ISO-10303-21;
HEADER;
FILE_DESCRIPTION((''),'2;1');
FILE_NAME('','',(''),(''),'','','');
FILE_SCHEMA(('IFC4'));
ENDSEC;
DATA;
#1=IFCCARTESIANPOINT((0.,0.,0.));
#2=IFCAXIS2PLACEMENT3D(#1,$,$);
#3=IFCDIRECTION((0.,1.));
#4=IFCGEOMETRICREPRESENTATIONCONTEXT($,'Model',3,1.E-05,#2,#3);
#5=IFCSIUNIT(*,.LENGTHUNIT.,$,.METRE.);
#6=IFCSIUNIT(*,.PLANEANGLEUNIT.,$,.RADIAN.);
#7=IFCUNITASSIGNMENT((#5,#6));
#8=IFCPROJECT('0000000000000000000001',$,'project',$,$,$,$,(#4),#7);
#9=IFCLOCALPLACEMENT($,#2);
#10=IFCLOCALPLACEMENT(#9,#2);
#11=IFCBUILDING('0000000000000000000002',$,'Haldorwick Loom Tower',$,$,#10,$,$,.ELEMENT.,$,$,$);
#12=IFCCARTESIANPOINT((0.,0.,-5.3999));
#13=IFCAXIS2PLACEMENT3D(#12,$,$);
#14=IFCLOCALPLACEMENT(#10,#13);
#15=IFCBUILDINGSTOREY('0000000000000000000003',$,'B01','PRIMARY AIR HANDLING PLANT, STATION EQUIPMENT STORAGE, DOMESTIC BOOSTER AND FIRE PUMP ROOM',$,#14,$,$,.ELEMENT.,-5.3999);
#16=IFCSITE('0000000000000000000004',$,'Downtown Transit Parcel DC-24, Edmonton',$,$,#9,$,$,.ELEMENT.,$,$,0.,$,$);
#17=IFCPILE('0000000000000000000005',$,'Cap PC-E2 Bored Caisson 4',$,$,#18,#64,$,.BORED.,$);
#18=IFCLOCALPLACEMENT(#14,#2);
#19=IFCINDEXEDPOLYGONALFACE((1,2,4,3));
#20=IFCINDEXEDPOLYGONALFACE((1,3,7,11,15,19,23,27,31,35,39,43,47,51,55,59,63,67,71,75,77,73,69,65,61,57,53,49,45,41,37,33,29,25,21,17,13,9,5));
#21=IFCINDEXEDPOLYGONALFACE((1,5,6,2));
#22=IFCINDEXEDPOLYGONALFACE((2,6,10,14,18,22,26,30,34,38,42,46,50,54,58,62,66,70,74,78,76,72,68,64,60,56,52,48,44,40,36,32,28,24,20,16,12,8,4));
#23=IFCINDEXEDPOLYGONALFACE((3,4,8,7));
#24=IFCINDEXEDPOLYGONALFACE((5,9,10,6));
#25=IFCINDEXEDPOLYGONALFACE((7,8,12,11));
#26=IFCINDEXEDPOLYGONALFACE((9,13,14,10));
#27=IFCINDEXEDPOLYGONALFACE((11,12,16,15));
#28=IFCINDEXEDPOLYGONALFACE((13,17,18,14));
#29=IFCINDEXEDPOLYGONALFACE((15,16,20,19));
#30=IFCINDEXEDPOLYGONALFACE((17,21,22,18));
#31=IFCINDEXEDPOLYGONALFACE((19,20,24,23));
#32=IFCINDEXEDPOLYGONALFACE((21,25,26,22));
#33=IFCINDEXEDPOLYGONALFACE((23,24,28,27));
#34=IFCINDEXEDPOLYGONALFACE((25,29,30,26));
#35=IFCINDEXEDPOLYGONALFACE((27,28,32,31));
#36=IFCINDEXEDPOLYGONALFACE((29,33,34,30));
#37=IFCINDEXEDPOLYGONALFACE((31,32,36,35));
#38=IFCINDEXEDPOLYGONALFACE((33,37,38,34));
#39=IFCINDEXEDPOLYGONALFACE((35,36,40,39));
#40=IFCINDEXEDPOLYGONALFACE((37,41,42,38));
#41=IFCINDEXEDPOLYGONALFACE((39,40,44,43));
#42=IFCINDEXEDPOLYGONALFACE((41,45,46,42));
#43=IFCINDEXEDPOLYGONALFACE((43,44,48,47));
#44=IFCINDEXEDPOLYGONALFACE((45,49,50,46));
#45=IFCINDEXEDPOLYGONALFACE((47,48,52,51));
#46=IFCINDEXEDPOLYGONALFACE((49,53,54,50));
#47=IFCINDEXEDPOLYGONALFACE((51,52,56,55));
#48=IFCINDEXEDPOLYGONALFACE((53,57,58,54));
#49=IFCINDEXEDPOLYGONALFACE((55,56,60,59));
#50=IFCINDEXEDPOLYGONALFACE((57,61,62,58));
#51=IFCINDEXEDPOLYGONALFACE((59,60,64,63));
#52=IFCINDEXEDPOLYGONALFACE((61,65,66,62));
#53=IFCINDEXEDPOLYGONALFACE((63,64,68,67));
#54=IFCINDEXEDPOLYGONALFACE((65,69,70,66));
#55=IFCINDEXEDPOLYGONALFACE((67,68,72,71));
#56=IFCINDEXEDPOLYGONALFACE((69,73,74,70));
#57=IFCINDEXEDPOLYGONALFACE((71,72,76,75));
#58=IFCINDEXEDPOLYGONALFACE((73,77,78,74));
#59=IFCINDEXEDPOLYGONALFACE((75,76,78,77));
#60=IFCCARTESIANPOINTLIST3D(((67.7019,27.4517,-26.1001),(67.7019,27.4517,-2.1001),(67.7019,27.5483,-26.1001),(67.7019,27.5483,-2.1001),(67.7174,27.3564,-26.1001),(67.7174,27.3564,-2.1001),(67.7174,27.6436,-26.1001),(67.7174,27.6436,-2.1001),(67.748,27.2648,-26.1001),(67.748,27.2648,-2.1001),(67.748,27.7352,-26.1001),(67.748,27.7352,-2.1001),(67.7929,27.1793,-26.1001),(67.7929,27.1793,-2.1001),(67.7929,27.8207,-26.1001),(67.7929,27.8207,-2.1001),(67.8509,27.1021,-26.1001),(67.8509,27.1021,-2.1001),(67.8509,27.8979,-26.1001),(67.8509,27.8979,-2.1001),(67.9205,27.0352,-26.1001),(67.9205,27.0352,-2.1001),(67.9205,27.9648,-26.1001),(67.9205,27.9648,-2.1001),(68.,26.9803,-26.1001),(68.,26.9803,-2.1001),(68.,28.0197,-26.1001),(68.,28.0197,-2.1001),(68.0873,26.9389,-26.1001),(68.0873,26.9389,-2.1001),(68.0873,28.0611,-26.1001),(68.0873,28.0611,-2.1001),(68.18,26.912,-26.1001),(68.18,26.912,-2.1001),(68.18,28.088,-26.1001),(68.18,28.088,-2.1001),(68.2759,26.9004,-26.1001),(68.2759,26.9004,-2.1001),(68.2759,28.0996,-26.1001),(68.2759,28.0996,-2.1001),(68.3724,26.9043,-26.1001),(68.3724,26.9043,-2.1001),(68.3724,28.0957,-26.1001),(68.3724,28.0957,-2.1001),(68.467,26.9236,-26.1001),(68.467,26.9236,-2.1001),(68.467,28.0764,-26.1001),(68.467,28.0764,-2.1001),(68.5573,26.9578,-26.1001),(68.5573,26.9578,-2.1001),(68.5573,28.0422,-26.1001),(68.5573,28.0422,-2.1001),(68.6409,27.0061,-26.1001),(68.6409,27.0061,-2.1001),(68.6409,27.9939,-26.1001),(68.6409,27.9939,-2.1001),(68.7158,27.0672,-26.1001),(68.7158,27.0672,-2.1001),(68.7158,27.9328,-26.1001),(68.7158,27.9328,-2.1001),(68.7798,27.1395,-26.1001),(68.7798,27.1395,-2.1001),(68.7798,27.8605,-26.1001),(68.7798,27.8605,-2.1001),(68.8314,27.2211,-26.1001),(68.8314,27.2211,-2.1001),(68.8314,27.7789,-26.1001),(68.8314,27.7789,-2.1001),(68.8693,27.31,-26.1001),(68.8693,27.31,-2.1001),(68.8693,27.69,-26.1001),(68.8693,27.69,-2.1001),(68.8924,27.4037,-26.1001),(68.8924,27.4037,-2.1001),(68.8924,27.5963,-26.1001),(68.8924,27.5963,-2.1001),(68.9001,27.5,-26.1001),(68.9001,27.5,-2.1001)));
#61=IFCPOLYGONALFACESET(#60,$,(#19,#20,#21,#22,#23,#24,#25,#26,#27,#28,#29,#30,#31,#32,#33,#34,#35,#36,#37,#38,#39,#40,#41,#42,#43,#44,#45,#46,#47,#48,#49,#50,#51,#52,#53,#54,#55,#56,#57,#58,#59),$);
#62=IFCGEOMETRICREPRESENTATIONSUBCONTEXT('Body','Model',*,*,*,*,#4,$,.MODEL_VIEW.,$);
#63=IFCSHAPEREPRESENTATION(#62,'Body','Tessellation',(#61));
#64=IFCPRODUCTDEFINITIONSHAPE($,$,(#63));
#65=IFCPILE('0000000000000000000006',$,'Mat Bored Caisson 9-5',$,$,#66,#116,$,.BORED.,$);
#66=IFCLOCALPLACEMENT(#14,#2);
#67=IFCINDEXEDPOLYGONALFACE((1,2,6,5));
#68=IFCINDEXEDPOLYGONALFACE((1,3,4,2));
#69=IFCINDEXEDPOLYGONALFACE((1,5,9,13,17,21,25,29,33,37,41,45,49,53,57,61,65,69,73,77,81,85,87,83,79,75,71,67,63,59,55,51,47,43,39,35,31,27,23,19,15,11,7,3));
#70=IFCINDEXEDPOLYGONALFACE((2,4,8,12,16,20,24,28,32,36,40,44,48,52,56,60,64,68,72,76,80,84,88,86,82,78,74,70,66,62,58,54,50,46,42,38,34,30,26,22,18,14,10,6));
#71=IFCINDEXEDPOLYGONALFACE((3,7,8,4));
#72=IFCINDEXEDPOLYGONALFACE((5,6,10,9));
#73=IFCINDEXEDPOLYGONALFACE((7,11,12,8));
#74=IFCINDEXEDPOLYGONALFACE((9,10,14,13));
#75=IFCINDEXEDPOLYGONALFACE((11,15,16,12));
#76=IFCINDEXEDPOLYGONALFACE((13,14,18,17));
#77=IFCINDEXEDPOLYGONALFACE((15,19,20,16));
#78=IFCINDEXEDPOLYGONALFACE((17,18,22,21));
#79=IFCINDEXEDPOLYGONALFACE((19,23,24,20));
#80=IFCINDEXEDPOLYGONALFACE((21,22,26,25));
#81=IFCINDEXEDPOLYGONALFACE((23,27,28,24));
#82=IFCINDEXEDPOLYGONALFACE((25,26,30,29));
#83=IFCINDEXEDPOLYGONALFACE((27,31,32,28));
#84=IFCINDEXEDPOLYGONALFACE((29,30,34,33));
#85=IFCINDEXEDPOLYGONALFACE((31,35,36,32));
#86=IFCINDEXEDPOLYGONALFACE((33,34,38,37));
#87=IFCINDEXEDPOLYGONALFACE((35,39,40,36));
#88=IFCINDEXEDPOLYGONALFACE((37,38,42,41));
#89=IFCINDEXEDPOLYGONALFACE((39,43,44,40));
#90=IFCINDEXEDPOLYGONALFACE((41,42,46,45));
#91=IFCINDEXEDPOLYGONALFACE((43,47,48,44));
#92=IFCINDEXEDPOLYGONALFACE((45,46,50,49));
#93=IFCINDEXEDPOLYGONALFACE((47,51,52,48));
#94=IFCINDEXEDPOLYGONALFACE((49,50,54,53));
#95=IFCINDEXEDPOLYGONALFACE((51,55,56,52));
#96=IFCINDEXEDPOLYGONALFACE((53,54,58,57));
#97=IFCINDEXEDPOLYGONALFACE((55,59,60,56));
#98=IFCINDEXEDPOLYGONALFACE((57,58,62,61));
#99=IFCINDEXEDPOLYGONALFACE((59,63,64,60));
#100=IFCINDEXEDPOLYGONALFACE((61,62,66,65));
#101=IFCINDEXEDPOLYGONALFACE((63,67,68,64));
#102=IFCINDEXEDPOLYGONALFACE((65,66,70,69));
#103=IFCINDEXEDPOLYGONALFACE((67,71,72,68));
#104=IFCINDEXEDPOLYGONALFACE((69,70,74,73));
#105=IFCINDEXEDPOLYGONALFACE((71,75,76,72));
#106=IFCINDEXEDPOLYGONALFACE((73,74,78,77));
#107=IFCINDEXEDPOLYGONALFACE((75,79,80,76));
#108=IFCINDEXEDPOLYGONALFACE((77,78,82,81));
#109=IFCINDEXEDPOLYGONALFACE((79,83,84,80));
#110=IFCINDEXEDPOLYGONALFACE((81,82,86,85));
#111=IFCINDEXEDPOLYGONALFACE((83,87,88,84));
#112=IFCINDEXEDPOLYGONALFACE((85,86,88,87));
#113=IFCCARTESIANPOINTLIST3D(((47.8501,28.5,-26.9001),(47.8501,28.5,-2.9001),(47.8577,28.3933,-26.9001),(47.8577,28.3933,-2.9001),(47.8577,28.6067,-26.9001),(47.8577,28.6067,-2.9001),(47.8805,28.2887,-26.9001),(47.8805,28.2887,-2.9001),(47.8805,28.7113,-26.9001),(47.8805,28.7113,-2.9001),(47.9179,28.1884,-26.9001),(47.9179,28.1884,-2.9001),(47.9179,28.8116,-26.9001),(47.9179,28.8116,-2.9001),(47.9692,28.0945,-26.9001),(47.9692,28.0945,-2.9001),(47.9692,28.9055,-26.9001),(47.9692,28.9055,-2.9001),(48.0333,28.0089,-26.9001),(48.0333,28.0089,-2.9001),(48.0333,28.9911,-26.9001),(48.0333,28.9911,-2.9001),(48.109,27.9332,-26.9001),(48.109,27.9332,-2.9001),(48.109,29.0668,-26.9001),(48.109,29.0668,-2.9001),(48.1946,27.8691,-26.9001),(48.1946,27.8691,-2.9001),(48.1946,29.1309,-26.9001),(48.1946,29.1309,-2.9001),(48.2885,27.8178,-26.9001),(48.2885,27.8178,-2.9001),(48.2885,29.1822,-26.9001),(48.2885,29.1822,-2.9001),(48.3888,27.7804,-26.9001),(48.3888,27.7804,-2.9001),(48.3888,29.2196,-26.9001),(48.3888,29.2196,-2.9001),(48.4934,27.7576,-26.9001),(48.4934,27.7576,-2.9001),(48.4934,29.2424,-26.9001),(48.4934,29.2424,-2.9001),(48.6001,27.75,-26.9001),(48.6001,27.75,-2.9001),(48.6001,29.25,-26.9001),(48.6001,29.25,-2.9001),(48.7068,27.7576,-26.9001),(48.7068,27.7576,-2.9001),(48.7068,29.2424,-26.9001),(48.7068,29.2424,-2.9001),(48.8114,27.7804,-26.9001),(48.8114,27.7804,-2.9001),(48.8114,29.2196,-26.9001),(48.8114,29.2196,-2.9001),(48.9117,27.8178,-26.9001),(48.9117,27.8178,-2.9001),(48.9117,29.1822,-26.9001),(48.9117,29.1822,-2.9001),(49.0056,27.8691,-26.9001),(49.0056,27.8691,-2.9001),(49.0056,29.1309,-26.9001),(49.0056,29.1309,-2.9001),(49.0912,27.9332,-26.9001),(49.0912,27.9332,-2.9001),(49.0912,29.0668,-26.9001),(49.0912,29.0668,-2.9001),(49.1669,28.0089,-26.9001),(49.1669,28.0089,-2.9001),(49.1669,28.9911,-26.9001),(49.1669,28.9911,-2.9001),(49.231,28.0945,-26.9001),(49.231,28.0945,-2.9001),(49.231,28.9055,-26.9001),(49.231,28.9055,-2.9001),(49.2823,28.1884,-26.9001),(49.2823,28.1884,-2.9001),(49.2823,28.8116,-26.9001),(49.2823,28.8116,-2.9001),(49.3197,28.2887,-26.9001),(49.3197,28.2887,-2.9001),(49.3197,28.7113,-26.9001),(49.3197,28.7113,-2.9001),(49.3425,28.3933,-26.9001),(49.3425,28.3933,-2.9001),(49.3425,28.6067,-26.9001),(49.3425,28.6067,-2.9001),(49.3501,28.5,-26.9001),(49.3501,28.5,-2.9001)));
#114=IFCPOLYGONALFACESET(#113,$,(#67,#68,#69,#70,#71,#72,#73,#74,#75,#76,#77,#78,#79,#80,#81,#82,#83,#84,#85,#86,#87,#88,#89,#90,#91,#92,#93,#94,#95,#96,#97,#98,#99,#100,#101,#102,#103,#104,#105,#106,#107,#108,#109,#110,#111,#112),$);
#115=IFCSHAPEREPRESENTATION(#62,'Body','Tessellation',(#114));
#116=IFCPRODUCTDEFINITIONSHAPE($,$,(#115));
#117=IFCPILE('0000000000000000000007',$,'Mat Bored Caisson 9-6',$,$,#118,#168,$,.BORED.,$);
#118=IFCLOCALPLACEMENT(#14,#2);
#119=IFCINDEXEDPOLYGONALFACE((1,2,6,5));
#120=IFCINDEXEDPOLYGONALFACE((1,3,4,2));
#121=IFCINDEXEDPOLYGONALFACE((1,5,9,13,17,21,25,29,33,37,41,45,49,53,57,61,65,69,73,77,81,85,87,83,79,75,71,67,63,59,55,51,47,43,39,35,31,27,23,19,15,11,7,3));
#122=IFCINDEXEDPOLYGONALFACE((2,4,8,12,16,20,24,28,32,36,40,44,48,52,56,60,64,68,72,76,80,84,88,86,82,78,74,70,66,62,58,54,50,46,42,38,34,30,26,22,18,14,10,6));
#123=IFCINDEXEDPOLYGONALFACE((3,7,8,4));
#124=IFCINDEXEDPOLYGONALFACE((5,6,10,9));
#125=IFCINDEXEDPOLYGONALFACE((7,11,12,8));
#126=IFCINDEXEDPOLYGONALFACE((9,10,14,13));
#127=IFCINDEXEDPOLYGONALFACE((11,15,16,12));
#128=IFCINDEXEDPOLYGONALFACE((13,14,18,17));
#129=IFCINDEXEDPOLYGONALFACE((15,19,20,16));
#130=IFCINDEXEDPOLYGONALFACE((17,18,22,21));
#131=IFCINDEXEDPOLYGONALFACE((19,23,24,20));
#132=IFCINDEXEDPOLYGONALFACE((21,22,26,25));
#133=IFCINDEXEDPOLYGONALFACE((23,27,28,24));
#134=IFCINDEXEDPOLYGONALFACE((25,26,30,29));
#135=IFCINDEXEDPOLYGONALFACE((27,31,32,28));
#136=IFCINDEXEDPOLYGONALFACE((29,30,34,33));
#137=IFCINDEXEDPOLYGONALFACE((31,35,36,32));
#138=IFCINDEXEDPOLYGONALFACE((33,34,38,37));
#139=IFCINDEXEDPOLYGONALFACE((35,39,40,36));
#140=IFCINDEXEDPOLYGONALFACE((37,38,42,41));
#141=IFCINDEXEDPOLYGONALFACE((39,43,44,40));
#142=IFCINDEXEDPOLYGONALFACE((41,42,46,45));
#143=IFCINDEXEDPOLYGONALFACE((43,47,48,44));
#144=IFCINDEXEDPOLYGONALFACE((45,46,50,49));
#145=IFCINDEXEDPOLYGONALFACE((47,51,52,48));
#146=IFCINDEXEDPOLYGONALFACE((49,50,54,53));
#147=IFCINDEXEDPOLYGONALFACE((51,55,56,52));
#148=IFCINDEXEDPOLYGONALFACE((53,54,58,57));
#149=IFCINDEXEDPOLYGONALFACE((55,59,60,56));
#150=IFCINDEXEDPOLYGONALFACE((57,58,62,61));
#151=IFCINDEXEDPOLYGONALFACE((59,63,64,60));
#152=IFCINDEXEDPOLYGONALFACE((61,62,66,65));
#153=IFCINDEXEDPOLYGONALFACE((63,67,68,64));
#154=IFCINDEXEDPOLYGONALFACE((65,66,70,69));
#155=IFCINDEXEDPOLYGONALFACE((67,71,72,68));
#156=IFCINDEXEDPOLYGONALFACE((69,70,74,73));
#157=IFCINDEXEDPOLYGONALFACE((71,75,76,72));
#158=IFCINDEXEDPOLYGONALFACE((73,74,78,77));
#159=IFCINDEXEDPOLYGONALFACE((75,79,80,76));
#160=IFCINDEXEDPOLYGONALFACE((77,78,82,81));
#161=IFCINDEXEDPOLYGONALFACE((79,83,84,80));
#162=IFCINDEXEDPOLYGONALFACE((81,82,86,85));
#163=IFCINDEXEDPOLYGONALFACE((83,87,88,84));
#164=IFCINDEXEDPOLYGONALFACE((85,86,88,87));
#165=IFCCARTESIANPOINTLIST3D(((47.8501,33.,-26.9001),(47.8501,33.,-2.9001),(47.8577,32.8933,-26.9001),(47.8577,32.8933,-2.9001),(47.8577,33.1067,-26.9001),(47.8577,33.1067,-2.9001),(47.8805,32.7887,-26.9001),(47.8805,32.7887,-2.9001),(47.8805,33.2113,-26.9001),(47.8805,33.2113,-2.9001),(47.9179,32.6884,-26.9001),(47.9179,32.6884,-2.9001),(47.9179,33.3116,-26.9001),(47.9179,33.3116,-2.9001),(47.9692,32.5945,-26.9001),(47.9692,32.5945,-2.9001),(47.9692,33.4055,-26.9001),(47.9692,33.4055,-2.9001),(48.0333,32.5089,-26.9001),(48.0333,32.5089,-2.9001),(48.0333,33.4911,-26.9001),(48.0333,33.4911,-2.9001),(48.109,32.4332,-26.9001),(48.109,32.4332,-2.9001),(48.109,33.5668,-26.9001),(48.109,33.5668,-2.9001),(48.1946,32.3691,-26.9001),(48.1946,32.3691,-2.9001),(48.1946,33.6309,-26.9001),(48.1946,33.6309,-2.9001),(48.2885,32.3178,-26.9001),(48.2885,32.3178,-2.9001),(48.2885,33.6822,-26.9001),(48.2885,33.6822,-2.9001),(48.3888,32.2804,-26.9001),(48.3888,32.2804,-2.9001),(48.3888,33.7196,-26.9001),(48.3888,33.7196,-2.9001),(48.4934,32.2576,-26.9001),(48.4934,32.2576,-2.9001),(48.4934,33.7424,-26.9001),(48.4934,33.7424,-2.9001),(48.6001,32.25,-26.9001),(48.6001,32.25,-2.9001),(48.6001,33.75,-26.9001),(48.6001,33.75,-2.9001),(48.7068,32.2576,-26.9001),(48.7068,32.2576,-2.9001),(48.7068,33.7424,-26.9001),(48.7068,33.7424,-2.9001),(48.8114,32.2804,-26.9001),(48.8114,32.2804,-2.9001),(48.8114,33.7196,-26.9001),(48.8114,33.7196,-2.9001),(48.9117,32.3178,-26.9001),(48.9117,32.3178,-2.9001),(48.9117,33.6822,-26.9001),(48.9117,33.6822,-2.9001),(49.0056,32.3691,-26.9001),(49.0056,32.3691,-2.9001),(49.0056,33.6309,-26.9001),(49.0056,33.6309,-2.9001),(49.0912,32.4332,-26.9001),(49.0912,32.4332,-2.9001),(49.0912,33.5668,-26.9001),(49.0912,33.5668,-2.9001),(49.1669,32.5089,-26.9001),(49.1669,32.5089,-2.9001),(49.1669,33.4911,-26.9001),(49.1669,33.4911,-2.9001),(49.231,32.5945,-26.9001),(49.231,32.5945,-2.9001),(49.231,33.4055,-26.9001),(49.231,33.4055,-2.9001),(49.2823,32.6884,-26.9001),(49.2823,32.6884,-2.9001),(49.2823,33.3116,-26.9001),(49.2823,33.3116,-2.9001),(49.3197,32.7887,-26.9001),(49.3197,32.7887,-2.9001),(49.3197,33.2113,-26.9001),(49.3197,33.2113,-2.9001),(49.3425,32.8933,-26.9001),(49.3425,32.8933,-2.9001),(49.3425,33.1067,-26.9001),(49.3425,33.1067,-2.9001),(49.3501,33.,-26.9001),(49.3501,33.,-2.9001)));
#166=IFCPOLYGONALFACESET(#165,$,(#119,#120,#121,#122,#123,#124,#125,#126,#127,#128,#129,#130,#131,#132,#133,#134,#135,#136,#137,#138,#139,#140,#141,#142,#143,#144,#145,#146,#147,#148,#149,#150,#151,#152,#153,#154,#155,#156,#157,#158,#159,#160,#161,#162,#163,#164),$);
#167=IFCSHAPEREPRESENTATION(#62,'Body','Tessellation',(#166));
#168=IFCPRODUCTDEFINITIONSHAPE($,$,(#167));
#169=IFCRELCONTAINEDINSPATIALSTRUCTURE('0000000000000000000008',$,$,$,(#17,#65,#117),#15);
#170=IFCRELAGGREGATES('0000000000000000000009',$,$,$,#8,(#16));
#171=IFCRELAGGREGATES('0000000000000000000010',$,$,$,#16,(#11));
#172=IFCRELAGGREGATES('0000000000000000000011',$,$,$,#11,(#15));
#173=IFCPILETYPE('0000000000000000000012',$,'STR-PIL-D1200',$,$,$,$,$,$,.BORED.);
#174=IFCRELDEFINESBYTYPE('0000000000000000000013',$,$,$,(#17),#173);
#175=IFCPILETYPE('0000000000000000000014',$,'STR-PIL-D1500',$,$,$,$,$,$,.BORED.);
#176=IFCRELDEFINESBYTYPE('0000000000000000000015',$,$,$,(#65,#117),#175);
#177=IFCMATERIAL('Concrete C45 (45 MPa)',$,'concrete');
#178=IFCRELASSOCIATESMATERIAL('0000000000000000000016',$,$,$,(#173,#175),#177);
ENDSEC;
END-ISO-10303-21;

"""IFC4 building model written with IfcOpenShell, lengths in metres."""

from ifc_helpers import new_model, si_unit, direction, frame, origin, origin_2d, place, context, subcontext, project, spatial, circle, extrude, material, material_profile, profile_set, type_object, element, save


model = new_model("IFC4")

# Units and contexts
model_context = context("Model", 3, precision=1e-05, world=origin(), true_north=direction((0.0, 1.0)))
body_context = subcontext(model_context, "Body", "Model", "MODEL_VIEW")
ifc_project = project(units=[si_unit("LENGTHUNIT", "METRE"), si_unit("PLANEANGLEUNIT", "RADIAN")], contexts=[model_context])

# Site, building, storey
site_placement = place(None, origin())
site = spatial("IfcSite", under=ifc_project, at=site_placement, Name="Downtown Transit Parcel DC-24, Edmonton", CompositionType="ELEMENT", RefElevation=0.0)
building_placement = place(site_placement, origin())
building = spatial("IfcBuilding", under=site, at=building_placement, Name="Haldorwick Loom Tower", CompositionType="ELEMENT")
storey_placement = place(building_placement, frame((0.0, 0.0, -5.3999)))
storey = spatial("IfcBuildingStorey", under=building, at=storey_placement, Name="B01", Description="PRIMARY AIR HANDLING PLANT, STATION EQUIPMENT STORAGE, DOMESTIC BOOSTER AND FIRE PUMP ROOM", CompositionType="ELEMENT", Elevation=-5.3999)

# Shared definitions
ifc_material_1 = material(Name="Concrete C45 (45 MPa)", Category="concrete")

# Piles
ifc_material_profile_1 = material_profile(ifc_material_1, circle(Radius=0.6001, at=origin_2d()), Name="CAISSON_D1200", Category="concrete")
ifc_profile_set_1 = profile_set([ifc_material_profile_1], Name="Concrete C45 (45 MPa)")
pile_type_1 = type_object("IfcPileType", Name="STR-PIL-D1200", PredefinedType="BORED", material=ifc_profile_set_1)
for number, where, z_axis, x_axis, name in (
    (1, (68.3, 27.5, -2.1001), (0.0, 0.0, -1.0), (1.0, 0.0, 0.0), "Cap PC-E2 Bored Caisson 4"),
):
    element("IfcPile", number, at=place(storey_placement, frame(where, z_axis=z_axis, x_axis=x_axis)), inside=storey, type_object=pile_type_1, Name=name, PredefinedType="BORED", context=body_context, shape_type="SweptSolid", body=[
        extrude(circle(Radius=0.6001, at=origin_2d()), origin(), (0.0, 0.0, 1.0), 24.0),
    ])
ifc_material_profile_2 = material_profile(ifc_material_1, circle(Radius=0.75, at=origin_2d()), Name="CAISSON_D1500", Category="concrete")
ifc_profile_set_2 = profile_set([ifc_material_profile_2], Name="Concrete C45 (45 MPa)")
pile_type_2 = type_object("IfcPileType", Name="STR-PIL-D1500", PredefinedType="BORED", material=ifc_profile_set_2)
for number, where, z_axis, x_axis, name in (
    (2, (48.6001, 28.5, -2.9001), (0.0, 0.0, -1.0), (1.0, 0.0, 0.0), "Mat Bored Caisson 9-5"),
    (3, (48.6001, 33.0, -2.9001), (0.0, 0.0, -1.0), (1.0, 0.0, 0.0), "Mat Bored Caisson 9-6"),
):
    element("IfcPile", number, at=place(storey_placement, frame(where, z_axis=z_axis, x_axis=x_axis)), inside=storey, type_object=pile_type_2, Name=name, PredefinedType="BORED", context=body_context, shape_type="SweptSolid", body=[
        extrude(circle(Radius=0.75, at=origin_2d()), origin(), (0.0, 0.0, 1.0), 24.0),
    ])

save(model, "model.ifc")
